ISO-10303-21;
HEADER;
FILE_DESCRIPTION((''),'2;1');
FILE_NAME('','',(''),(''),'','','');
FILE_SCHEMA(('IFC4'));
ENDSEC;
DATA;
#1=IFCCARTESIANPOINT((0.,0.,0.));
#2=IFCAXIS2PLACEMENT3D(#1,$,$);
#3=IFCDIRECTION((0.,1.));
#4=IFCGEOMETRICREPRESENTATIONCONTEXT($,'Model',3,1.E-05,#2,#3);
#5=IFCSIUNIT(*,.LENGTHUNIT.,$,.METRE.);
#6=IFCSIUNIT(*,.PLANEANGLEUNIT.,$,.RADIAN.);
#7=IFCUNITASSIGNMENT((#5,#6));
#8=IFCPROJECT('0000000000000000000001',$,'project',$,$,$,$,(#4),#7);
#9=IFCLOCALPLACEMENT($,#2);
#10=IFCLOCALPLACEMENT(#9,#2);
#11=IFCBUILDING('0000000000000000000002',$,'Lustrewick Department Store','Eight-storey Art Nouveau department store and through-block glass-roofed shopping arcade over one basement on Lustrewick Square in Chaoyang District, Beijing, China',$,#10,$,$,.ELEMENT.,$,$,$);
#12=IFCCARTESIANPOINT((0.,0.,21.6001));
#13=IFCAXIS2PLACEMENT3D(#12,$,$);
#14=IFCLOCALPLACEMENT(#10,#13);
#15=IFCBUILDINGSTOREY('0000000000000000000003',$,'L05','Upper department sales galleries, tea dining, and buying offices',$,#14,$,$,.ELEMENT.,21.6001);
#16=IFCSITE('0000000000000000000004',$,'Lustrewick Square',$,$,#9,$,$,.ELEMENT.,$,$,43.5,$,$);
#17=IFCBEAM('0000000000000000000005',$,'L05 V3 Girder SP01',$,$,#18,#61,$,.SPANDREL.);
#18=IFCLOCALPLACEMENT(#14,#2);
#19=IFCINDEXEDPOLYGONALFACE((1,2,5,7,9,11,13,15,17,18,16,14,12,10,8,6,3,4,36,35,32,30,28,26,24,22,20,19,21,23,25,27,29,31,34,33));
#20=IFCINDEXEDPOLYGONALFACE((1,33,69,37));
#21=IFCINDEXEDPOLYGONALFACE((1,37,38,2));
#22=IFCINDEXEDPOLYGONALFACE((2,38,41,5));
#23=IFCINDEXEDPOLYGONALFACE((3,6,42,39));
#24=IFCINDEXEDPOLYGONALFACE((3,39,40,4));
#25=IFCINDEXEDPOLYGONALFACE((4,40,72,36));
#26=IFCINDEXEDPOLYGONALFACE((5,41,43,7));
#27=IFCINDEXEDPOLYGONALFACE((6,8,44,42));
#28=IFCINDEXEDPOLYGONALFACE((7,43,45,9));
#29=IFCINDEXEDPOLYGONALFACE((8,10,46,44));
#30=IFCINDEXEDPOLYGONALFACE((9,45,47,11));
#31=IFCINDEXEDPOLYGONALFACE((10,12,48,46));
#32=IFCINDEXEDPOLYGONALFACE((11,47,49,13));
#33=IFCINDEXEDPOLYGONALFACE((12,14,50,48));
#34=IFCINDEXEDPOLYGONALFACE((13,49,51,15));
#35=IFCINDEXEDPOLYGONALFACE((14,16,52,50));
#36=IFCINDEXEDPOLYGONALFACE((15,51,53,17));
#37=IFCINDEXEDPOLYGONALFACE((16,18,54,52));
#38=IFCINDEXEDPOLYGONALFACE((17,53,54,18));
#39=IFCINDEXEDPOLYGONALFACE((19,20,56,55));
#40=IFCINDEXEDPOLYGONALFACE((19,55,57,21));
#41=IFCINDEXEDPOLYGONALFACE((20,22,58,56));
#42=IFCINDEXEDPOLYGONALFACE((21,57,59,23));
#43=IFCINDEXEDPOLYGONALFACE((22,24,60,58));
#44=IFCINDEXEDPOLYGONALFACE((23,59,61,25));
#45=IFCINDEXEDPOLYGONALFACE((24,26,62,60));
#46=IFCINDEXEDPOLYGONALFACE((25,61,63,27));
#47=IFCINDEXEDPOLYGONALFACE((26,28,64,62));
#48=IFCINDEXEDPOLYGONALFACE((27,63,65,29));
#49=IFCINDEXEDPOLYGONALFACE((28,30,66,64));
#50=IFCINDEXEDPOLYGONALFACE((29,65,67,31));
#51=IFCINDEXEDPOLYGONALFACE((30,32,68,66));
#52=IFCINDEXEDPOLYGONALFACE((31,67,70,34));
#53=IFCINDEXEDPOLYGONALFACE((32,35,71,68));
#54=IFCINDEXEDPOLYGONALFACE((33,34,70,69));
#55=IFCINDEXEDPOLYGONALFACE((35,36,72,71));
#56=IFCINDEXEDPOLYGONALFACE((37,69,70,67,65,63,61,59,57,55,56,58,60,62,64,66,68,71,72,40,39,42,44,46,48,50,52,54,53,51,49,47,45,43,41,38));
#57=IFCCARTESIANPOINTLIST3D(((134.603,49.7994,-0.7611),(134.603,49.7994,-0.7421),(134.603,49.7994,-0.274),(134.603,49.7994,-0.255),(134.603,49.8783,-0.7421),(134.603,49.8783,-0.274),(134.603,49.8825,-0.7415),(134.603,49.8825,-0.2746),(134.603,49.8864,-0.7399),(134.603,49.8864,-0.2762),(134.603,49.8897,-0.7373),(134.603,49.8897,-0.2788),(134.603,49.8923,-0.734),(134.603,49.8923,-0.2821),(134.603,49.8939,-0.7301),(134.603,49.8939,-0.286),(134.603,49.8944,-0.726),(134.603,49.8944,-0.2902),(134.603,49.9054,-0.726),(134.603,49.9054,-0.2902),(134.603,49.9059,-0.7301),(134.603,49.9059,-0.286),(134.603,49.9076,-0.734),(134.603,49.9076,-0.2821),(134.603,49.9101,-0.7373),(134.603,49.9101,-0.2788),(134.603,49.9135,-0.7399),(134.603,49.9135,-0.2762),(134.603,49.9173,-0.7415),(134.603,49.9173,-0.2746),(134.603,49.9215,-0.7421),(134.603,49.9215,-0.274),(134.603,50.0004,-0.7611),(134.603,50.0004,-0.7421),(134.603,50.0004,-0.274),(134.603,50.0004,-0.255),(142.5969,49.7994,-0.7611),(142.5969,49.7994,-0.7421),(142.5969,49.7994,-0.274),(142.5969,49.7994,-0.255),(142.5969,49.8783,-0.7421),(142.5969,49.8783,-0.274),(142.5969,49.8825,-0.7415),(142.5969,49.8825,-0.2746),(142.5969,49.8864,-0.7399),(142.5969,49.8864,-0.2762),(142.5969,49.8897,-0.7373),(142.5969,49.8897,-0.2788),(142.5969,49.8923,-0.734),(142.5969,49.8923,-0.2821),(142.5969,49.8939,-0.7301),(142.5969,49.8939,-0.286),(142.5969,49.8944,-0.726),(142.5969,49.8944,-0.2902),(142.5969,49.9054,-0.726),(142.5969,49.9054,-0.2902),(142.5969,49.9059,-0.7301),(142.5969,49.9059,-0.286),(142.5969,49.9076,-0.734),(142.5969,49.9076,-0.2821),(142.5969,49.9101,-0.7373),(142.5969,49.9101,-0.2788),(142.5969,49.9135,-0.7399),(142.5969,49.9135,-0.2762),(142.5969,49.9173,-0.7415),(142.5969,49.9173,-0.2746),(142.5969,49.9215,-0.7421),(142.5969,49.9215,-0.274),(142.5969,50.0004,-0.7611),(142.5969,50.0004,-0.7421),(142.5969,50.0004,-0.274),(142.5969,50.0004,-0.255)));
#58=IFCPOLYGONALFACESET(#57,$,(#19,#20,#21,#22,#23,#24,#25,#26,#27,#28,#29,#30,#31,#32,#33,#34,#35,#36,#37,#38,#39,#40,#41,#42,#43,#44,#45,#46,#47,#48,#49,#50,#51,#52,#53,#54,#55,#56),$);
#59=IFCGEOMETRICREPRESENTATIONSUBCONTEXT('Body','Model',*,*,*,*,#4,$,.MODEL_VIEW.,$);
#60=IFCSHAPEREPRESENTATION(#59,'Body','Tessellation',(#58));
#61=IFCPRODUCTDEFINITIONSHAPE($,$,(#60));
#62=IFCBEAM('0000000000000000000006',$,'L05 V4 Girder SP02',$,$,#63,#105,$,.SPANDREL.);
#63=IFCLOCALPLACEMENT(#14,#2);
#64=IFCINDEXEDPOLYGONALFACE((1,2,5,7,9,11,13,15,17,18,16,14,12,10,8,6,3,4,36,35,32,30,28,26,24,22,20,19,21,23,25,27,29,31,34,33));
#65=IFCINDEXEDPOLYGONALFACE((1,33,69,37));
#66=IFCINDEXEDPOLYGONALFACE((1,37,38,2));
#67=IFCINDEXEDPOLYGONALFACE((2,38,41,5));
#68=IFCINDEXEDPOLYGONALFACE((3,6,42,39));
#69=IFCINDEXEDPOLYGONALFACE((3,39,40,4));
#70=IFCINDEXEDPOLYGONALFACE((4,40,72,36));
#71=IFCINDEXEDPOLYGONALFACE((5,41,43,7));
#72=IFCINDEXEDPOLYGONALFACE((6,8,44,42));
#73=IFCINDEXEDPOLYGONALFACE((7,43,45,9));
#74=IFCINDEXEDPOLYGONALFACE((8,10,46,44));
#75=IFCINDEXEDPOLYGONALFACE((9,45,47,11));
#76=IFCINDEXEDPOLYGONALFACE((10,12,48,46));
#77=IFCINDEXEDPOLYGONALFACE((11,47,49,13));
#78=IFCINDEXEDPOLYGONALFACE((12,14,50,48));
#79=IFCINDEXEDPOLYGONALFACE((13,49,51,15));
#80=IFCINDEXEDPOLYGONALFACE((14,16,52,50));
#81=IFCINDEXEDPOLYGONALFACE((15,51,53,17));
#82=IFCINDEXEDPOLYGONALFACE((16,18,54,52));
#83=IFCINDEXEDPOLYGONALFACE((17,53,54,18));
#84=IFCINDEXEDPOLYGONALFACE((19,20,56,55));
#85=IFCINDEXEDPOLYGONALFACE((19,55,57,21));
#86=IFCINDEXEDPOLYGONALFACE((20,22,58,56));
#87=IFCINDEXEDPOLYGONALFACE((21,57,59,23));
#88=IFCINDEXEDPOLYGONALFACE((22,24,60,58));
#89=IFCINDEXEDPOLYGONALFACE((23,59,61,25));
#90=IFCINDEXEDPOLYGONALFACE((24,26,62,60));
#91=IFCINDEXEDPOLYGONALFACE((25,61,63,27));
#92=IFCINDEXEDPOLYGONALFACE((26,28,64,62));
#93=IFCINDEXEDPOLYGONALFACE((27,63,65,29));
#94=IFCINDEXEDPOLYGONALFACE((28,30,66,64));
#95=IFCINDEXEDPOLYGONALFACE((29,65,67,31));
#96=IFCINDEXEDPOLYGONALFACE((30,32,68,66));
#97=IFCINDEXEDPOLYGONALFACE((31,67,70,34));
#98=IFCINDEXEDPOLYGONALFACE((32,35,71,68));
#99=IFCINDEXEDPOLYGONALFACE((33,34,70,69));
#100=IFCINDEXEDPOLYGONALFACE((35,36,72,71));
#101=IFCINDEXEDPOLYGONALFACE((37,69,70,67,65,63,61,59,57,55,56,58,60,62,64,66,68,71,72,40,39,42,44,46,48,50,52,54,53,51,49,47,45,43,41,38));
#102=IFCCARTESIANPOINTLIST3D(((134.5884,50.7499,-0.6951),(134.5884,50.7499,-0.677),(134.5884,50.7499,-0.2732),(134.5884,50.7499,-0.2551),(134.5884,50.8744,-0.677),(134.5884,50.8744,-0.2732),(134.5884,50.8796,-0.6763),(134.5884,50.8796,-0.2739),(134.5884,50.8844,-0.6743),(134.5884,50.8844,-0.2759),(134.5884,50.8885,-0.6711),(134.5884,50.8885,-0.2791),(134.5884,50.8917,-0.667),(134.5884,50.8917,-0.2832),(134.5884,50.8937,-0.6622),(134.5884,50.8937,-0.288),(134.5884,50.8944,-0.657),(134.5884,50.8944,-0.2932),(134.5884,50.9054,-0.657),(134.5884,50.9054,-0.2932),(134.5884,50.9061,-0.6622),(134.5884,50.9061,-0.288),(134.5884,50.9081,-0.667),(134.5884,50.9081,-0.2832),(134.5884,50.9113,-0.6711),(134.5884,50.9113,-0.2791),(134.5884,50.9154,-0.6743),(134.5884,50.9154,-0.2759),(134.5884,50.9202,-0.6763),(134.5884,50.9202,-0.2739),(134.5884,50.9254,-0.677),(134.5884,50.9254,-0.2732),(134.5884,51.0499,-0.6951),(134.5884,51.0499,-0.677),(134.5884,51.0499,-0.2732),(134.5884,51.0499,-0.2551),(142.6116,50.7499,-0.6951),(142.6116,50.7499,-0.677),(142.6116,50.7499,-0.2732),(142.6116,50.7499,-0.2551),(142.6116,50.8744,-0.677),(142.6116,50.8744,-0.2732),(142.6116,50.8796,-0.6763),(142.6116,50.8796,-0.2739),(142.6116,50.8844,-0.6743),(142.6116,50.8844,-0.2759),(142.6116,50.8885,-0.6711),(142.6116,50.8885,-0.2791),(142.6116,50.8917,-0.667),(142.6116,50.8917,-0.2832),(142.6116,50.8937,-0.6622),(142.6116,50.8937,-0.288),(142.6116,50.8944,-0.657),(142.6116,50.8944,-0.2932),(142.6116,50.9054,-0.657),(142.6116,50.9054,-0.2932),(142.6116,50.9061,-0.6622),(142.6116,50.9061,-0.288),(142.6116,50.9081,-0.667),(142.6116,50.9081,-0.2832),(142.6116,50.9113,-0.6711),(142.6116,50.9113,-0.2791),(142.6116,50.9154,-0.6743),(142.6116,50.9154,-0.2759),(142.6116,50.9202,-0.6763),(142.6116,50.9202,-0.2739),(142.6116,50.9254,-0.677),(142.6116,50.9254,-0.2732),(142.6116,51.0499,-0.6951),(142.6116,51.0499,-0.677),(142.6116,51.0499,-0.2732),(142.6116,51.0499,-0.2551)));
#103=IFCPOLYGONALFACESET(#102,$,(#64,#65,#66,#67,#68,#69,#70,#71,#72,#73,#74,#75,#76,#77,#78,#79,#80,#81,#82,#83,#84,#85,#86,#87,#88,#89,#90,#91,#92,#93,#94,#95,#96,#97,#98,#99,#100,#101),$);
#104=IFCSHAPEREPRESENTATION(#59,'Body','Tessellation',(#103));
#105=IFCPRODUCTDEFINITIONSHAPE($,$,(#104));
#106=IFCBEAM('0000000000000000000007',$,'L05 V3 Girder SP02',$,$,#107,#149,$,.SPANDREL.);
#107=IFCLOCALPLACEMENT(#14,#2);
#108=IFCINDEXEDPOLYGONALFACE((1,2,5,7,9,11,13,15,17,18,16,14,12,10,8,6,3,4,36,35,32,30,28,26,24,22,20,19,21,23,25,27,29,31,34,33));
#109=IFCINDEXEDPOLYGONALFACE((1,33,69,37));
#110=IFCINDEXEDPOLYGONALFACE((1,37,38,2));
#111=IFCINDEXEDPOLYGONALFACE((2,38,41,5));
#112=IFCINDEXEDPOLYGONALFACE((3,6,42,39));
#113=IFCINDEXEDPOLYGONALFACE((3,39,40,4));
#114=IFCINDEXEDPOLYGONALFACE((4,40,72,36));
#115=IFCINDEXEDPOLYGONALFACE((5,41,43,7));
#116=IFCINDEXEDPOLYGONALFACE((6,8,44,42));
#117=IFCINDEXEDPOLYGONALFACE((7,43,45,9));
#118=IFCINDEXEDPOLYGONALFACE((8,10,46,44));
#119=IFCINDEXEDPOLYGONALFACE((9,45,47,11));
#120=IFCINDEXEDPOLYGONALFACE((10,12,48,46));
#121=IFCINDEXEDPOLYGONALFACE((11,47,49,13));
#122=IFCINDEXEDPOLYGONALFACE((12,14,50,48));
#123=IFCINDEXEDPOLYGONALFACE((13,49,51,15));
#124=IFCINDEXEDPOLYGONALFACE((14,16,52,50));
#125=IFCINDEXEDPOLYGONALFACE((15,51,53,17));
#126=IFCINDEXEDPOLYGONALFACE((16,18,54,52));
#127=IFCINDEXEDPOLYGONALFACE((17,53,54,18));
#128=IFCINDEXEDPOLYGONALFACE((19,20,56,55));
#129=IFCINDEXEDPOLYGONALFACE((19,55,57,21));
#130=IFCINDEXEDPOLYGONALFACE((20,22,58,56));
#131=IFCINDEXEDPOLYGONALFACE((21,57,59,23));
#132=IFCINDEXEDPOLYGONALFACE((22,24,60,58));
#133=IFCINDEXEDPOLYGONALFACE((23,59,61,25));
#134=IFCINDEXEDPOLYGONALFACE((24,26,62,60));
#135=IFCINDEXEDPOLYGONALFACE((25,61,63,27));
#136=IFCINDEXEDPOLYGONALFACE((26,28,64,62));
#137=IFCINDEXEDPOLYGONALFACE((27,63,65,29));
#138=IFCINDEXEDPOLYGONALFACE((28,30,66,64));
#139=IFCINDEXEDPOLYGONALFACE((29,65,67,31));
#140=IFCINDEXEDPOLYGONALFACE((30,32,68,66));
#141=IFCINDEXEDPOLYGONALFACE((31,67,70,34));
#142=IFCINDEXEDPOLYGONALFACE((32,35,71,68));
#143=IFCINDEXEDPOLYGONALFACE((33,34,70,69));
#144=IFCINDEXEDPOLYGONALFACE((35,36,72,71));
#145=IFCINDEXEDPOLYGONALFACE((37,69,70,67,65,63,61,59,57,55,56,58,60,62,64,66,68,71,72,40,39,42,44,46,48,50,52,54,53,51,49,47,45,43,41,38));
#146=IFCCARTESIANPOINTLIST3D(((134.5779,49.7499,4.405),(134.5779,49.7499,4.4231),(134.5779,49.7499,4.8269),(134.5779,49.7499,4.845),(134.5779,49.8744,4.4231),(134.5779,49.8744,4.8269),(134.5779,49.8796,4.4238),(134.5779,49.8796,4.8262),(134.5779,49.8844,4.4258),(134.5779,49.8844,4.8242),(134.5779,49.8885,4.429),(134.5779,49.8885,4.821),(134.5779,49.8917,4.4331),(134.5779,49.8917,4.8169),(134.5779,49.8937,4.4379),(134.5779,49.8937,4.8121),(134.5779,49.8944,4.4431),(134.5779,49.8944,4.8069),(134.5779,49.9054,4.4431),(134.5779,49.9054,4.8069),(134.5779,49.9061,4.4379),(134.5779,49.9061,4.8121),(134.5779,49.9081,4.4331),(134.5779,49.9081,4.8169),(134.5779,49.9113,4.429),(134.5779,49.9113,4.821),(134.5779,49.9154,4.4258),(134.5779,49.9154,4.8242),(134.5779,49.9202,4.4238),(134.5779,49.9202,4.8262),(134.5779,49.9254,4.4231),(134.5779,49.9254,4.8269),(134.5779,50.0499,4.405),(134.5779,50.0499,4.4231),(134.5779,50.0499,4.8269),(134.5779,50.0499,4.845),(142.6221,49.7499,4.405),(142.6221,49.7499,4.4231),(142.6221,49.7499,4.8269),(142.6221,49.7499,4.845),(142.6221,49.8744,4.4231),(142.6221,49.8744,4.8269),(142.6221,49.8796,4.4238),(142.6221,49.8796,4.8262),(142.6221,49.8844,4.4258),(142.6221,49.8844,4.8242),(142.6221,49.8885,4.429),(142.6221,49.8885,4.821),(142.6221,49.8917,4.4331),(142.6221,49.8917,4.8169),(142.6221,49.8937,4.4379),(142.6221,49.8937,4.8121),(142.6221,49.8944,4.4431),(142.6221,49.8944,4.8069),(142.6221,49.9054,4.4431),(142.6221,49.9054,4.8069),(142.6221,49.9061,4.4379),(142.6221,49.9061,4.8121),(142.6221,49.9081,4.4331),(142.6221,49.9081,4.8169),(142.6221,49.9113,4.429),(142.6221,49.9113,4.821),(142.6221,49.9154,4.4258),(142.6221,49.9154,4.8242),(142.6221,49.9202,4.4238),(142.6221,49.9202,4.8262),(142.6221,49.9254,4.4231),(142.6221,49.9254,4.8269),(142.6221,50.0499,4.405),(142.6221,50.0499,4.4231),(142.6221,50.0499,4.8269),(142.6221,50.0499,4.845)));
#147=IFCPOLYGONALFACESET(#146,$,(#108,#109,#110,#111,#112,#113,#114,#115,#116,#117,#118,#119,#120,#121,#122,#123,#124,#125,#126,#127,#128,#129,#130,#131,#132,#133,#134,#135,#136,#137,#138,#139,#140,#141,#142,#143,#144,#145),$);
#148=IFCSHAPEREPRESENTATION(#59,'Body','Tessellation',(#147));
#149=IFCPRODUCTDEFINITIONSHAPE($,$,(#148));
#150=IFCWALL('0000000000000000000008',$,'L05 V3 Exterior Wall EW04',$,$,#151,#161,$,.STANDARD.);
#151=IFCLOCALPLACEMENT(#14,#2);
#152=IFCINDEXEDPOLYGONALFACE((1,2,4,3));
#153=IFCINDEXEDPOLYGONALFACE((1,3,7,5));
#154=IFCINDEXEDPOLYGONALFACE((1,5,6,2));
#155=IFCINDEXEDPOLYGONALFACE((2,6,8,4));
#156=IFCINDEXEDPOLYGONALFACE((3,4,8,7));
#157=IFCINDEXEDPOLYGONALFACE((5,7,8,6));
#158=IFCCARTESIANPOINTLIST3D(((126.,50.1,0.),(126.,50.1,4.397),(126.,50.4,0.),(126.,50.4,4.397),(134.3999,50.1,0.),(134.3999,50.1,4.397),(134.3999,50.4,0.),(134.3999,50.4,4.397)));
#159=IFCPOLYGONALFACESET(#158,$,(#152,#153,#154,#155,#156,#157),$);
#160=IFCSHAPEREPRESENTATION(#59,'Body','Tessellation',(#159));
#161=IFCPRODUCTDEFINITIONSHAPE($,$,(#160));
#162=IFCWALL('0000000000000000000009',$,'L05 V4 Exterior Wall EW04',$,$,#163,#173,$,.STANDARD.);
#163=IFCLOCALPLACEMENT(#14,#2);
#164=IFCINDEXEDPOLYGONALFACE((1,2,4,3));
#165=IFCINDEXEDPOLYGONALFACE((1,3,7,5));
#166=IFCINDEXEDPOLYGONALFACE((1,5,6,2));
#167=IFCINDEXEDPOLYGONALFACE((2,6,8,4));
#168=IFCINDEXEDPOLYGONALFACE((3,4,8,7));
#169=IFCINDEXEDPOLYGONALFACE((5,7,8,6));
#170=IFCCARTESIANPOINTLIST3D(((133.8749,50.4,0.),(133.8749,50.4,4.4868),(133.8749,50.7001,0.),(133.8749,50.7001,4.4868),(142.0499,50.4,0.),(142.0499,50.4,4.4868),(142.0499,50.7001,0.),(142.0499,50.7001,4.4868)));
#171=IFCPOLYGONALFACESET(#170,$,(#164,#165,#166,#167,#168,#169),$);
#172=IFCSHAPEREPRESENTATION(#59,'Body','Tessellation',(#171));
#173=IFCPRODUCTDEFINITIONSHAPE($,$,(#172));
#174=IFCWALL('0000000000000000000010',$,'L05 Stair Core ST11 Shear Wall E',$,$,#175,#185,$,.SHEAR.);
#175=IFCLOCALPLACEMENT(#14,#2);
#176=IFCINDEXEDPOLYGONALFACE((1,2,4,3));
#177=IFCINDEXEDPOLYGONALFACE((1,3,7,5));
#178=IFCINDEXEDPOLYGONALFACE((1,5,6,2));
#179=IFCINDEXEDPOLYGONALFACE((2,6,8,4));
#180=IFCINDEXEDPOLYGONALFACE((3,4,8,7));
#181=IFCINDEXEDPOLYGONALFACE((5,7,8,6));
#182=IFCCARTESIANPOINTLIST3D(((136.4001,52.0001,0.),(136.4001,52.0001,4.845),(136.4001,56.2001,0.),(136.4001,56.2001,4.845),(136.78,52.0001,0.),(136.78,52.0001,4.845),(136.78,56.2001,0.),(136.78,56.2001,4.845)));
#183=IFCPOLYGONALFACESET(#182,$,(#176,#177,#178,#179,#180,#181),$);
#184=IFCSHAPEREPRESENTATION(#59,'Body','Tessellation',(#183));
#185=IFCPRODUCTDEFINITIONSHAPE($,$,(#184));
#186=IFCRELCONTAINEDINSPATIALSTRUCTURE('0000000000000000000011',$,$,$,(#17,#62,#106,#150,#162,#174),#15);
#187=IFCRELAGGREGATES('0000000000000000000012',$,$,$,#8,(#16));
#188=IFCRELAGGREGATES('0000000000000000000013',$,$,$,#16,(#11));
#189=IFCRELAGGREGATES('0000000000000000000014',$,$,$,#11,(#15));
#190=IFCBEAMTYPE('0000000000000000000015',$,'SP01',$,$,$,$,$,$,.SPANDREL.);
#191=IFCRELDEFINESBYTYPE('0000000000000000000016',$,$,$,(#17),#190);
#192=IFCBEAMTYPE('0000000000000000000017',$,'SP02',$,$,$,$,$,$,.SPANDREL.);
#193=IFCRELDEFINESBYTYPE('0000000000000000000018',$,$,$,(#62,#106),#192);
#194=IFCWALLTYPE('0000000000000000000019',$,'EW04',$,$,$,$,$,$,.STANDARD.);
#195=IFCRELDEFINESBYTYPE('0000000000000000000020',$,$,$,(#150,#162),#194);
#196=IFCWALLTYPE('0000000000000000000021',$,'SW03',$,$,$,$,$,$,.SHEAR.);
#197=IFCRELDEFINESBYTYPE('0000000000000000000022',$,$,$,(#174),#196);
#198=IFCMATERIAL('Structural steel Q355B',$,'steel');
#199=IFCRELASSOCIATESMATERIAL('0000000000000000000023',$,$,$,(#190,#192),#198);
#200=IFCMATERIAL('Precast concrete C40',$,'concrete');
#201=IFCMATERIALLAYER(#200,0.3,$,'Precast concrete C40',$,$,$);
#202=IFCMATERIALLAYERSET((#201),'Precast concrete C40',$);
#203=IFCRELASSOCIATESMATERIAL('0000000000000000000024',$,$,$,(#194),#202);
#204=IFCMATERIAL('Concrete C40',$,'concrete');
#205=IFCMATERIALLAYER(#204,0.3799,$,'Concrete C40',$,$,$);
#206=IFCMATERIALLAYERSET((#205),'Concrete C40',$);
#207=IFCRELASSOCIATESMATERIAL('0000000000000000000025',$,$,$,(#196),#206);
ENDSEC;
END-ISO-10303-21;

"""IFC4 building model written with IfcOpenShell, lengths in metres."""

from ifc_helpers import new_model, si_unit, direction, frame, frame_2d, origin, origin_2d, place, context, subcontext, project, spatial, rectangle, i_section, extrude, material, layer, layer_set, material_profile, profile_set, type_object, element, save


model = new_model("IFC4")

# Units and contexts
model_context = context("Model", 3, precision=1e-05, world=origin(), true_north=direction((0.0, 1.0)))
body_context = subcontext(model_context, "Body", "Model", "MODEL_VIEW")
ifc_project = project(units=[si_unit("LENGTHUNIT", "METRE"), si_unit("PLANEANGLEUNIT", "RADIAN")], contexts=[model_context])

# Site, building, storey
site_placement = place(None, origin())
site = spatial("IfcSite", under=ifc_project, at=site_placement, Name="Lustrewick Square", CompositionType="ELEMENT", RefElevation=43.5)
building_placement = place(site_placement, origin())
building = spatial("IfcBuilding", under=site, at=building_placement, Name="Lustrewick Department Store", Description="Eight-storey Art Nouveau department store and through-block glass-roofed shopping arcade over one basement on Lustrewick Square in Chaoyang District, Beijing, China", CompositionType="ELEMENT")
storey_placement = place(building_placement, frame((0.0, 0.0, 21.6001)))
storey = spatial("IfcBuildingStorey", under=building, at=storey_placement, Name="L05", Description="Upper department sales galleries, tea dining, and buying offices", CompositionType="ELEMENT", Elevation=21.6001)

# Shared definitions
ifc_material_1 = material(Name="Structural steel Q355B", Category="steel")

# Beams
ifc_material_profile_1 = material_profile(ifc_material_1, i_section(OverallWidth=0.2009, OverallDepth=0.5061, WebThickness=0.011, FlangeThickness=0.019, FilletRadius=0.0161, at=origin_2d()), Name="HN 506x201x11x19")
ifc_profile_set_1 = profile_set([ifc_material_profile_1], Name="Structural steel Q355B")
beam_type_1 = type_object("IfcBeamType", Name="SP01", PredefinedType="SPANDREL", material=ifc_profile_set_1)
beam_1_placement = place(storey_placement, frame((134.603, 49.8999, -0.5081), z_axis=(1.0, 0.0, 0.0), x_axis=(0.0, 1.0, 0.0)))
element("IfcBeam", 1, at=beam_1_placement, inside=storey, type_object=beam_type_1, Name="L05 V3 Girder SP01", PredefinedType="SPANDREL", context=body_context, shape_type="SweptSolid", body=[
    extrude(i_section(OverallWidth=0.2009, OverallDepth=0.5061, WebThickness=0.011, FlangeThickness=0.019, FilletRadius=0.0161, at=origin_2d()), origin(), (0.0, 0.0, 1.0), 7.9939),
])
ifc_material_profile_2 = material_profile(ifc_material_1, i_section(OverallWidth=0.3, OverallDepth=0.4399, WebThickness=0.011, FlangeThickness=0.0181, FilletRadius=0.02, at=origin_2d()), Name="HM 440x300x11x18")
ifc_profile_set_2 = profile_set([ifc_material_profile_2], Name="Structural steel Q355B")
beam_type_2 = type_object("IfcBeamType", Name="SP02", PredefinedType="SPANDREL", material=ifc_profile_set_2)
beam_2_placement = place(storey_placement, frame((134.5884, 50.8999, -0.4751), z_axis=(1.0, 0.0, 0.0), x_axis=(0.0, 1.0, 0.0)))
element("IfcBeam", 2, at=beam_2_placement, inside=storey, type_object=beam_type_2, Name="L05 V4 Girder SP02", PredefinedType="SPANDREL", context=body_context, shape_type="SweptSolid", body=[
    extrude(i_section(OverallWidth=0.3, OverallDepth=0.4399, WebThickness=0.011, FlangeThickness=0.0181, FilletRadius=0.02, at=origin_2d()), origin(), (0.0, 0.0, 1.0), 8.0232),
])
beam_3_placement = place(storey_placement, frame((134.5779, 49.8999, 4.625), z_axis=(1.0, 0.0, 0.0), x_axis=(0.0, 1.0, 0.0)))
element("IfcBeam", 3, at=beam_3_placement, inside=storey, type_object=beam_type_2, Name="L05 V3 Girder SP02", PredefinedType="SPANDREL", context=body_context, shape_type="SweptSolid", body=[
    extrude(i_section(OverallWidth=0.3, OverallDepth=0.4399, WebThickness=0.011, FlangeThickness=0.0181, FilletRadius=0.02, at=origin_2d()), origin(), (0.0, 0.0, 1.0), 8.0442),
])

# Walls
ifc_material_2 = material(Name="Precast concrete C40", Category="concrete")
ifc_layer_1 = layer(ifc_material_2, 0.3, Name="Precast concrete C40")
ifc_layer_set_1 = layer_set([ifc_layer_1], Name="Precast concrete C40")
wall_type_1 = type_object("IfcWallType", Name="EW04", PredefinedType="STANDARD", material=ifc_layer_set_1)
wall_1_placement = place(storey_placement, frame((134.3999, 50.25, 0.0), z_axis=(0.0, 0.0, 1.0), x_axis=(-1.0, 0.0, 0.0)))
element("IfcWall", 4, at=wall_1_placement, inside=storey, type_object=wall_type_1, Name="L05 V3 Exterior Wall EW04", PredefinedType="STANDARD", context=body_context, shape_type="SweptSolid", body=[
    extrude(rectangle(XDim=8.3999, YDim=0.3, at=frame_2d((4.2, 0.0))), origin(), (0.0, 0.0, 1.0), 4.397),
])
wall_2_placement = place(storey_placement, frame((133.875, 50.55, 0.0), z_axis=(0.0, 0.0, 1.0), x_axis=(1.0, 0.0, 0.0)))
element("IfcWall", 5, at=wall_2_placement, inside=storey, type_object=wall_type_1, Name="L05 V4 Exterior Wall EW04", PredefinedType="STANDARD", context=body_context, shape_type="SweptSolid", body=[
    extrude(rectangle(XDim=8.175, YDim=0.3, at=frame_2d((4.0874, 0.0))), origin(), (0.0, 0.0, 1.0), 4.4868),
])
ifc_material_3 = material(Name="Concrete C40", Category="concrete")
ifc_layer_2 = layer(ifc_material_3, 0.3799, Name="Concrete C40")
ifc_layer_set_2 = layer_set([ifc_layer_2], Name="Concrete C40")
wall_type_2 = type_object("IfcWallType", Name="SW03", PredefinedType="SHEAR", material=ifc_layer_set_2)
wall_3_placement = place(storey_placement, frame((136.5901, 52.0, 0.0), z_axis=(0.0, 0.0, 1.0), x_axis=(0.0, 1.0, 0.0)))
element("IfcWall", 6, at=wall_3_placement, inside=storey, type_object=wall_type_2, Name="L05 Stair Core ST11 Shear Wall E", PredefinedType="SHEAR", context=body_context, shape_type="SweptSolid", body=[
    extrude(rectangle(XDim=4.2, YDim=0.3799, at=frame_2d((2.1001, 0.0))), origin(), (0.0, 0.0, 1.0), 4.845),
])

save(model, "model.ifc")
